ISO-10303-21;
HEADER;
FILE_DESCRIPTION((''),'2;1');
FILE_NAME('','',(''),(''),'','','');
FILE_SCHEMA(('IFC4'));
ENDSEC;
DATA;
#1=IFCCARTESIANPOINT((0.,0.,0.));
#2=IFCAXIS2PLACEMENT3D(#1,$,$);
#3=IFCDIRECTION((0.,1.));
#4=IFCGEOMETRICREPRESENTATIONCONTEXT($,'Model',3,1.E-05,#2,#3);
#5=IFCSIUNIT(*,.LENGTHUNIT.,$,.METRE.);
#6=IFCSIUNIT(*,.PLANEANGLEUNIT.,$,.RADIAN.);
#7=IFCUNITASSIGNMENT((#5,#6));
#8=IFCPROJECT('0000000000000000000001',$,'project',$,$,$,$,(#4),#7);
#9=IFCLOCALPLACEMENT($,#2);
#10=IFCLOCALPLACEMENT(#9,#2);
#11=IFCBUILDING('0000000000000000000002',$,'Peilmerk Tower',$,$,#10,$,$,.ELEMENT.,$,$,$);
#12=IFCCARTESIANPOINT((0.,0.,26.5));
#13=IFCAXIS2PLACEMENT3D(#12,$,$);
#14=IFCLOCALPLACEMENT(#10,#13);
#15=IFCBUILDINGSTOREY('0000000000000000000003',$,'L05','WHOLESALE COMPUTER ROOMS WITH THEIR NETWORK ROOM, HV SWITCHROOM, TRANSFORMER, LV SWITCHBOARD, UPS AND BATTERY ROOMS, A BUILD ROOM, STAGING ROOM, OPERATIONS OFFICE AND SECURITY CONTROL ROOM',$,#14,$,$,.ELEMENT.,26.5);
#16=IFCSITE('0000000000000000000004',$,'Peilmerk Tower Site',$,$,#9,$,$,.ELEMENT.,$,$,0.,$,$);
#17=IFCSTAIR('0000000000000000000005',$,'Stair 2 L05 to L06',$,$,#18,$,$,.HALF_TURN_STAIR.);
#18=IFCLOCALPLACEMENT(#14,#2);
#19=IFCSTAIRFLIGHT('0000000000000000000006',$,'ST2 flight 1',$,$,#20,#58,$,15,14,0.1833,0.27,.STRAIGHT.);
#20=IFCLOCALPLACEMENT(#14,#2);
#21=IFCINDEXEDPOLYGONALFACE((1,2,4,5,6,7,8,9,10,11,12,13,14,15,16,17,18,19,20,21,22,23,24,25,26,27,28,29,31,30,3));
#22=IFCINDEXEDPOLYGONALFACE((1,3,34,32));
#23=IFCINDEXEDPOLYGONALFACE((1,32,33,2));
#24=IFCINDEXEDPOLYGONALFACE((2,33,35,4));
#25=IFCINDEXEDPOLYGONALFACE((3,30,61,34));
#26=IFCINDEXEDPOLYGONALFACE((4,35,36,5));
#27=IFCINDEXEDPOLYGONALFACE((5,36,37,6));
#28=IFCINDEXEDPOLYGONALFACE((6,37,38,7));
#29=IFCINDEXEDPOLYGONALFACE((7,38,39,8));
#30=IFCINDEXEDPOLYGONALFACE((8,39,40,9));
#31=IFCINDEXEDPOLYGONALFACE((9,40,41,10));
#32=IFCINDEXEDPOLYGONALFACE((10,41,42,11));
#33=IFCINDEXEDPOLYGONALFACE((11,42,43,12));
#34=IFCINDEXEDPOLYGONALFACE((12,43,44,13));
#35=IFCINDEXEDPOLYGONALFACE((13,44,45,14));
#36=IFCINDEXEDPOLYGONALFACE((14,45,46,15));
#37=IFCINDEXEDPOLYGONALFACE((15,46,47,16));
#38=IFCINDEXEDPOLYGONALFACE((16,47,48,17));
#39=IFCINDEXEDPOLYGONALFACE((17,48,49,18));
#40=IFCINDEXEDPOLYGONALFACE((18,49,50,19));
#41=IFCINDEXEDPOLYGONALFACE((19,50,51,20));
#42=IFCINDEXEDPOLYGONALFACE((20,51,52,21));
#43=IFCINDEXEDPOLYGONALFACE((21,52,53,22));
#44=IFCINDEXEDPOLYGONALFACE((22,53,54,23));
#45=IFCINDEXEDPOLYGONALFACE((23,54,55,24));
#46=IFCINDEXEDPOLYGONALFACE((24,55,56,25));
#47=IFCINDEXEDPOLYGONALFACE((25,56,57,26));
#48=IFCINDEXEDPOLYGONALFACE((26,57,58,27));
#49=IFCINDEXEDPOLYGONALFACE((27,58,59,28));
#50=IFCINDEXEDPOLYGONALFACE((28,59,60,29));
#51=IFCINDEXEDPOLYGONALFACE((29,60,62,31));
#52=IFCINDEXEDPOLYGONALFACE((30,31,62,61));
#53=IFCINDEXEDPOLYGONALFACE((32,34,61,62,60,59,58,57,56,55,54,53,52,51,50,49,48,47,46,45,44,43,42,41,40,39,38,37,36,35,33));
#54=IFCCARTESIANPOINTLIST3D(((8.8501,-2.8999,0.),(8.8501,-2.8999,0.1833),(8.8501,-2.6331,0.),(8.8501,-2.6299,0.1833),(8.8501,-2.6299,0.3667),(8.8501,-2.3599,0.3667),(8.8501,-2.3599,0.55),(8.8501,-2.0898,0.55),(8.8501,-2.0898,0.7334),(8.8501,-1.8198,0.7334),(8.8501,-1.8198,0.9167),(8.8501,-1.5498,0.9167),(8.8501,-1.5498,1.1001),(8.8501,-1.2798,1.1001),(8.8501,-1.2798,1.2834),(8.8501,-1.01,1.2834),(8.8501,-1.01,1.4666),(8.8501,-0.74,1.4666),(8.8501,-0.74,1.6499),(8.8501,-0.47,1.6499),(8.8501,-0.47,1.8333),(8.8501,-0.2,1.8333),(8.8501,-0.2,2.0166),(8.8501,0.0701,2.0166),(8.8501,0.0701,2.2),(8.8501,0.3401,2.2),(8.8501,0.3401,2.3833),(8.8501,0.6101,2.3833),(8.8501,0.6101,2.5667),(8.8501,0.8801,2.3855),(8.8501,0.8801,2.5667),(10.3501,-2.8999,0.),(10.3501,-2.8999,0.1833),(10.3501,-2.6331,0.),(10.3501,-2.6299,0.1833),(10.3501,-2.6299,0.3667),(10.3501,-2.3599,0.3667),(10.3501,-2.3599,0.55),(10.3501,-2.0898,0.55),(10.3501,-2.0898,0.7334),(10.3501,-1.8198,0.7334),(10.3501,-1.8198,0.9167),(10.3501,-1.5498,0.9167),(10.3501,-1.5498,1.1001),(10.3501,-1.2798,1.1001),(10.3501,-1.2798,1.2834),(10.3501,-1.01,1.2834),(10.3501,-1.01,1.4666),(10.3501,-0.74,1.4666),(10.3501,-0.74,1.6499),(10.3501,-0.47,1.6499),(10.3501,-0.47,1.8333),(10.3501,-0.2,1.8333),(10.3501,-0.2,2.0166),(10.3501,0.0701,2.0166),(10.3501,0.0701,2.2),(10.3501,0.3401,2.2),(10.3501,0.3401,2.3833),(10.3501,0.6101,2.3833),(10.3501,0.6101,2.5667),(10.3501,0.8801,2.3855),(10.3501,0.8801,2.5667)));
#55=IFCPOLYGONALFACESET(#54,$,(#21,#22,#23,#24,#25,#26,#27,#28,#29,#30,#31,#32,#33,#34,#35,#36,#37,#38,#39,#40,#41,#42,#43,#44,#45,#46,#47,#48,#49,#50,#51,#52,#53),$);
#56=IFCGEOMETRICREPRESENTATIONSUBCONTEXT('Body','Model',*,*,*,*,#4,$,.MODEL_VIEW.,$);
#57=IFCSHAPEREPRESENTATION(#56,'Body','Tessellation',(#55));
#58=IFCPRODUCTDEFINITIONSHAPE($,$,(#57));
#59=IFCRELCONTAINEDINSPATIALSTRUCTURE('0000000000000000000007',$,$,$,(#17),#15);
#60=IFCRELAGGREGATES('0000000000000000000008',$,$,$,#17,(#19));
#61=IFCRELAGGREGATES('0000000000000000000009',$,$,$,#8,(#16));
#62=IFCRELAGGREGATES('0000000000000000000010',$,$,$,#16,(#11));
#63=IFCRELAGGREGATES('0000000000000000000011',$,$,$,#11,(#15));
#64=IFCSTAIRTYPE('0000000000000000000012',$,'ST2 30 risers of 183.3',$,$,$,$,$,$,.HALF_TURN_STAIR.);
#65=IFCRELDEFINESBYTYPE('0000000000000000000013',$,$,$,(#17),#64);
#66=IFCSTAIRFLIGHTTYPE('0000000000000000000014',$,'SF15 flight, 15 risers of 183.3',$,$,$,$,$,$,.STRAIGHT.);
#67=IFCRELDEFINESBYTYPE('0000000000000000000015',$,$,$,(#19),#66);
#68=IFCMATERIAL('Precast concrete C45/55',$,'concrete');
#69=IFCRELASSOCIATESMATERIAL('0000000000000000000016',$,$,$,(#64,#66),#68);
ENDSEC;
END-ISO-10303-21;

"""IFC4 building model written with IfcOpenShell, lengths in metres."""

from ifc_helpers import new_model, si_unit, direction, frame, origin, place, context, subcontext, project, spatial, polyline, outline, extrude, material, type_object, element, aggregate, save


model = new_model("IFC4")

# Units and contexts
model_context = context("Model", 3, precision=1e-05, world=origin(), true_north=direction((0.0, 1.0)))
body_context = subcontext(model_context, "Body", "Model", "MODEL_VIEW")
ifc_project = project(units=[si_unit("LENGTHUNIT", "METRE"), si_unit("PLANEANGLEUNIT", "RADIAN")], contexts=[model_context])

# Site, building, storey
site_placement = place(None, origin())
site = spatial("IfcSite", under=ifc_project, at=site_placement, Name="Peilmerk Tower Site", CompositionType="ELEMENT", RefElevation=0.0)
building_placement = place(site_placement, origin())
building = spatial("IfcBuilding", under=site, at=building_placement, Name="Peilmerk Tower", CompositionType="ELEMENT")
storey_placement = place(building_placement, frame((0.0, 0.0, 26.5)))
storey = spatial("IfcBuildingStorey", under=building, at=storey_placement, Name="L05", Description="WHOLESALE COMPUTER ROOMS WITH THEIR NETWORK ROOM, HV SWITCHROOM, TRANSFORMER, LV SWITCHBOARD, UPS AND BATTERY ROOMS, A BUILD ROOM, STAGING ROOM, OPERATIONS OFFICE AND SECURITY CONTROL ROOM", CompositionType="ELEMENT", Elevation=26.5)

# Stair, stair flight
ifc_material_1 = material(Name="Precast concrete C45/55", Category="concrete")
stair_type = type_object("IfcStairType", Name="ST2 30 risers of 183.3", PredefinedType="HALF_TURN_STAIR", material=ifc_material_1)
stair_placement = place(storey_placement, origin())
stair = element("IfcStair", 1, at=stair_placement, inside=storey, type_object=stair_type, Name="Stair 2 L05 to L06", PredefinedType="HALF_TURN_STAIR")
stair_flight_type = type_object("IfcStairFlightType", Name="SF15 flight, 15 risers of 183.3", PredefinedType="STRAIGHT", material=ifc_material_1)
stair_flight_placement = place(storey_placement, frame((9.6001, -2.8999, 0.0), z_axis=(0.0, 0.0, 1.0), x_axis=(0.0, 1.0, 0.0)))
stair_flight = element("IfcStairFlight", 2, at=stair_flight_placement, type_object=stair_flight_type, Name="ST2 flight 1", NumberOfRisers=15, NumberOfTreads=14, PredefinedType="STRAIGHT", RiserHeight=0.1833, TreadLength=0.27, context=body_context, shape_type="SweptSolid", body=[
    extrude(outline(polyline([(0.0, 0.0), (0.0, 0.1833), (0.27, 0.1833), (0.27, 0.3667), (0.54, 0.3667), (0.54, 0.55), (0.8101, 0.55), (0.8101, 0.7334), (1.0801, 0.7334), (1.0801, 0.9167), (1.3501, 0.9167), (1.3501, 1.1001), (1.6201, 1.1001), (1.6201, 1.2834), (1.8899, 1.2834), (1.8899, 1.4666), (2.1599, 1.4666), (2.1599, 1.6499), (2.4299, 1.6499), (2.4299, 1.8333), (2.7, 1.8333), (2.7, 2.0166), (2.97, 2.0166), (2.97, 2.2), (3.24, 2.2), (3.24, 2.3833), (3.51, 2.3833), (3.51, 2.5667), (3.78, 2.5667), (3.78, 2.75), (3.78, 2.3855), (0.2668, 0.0), (0.0, 0.0)])), frame((0.0, 0.75, 0.0), z_axis=(0.0, -1.0, 0.0), x_axis=(1.0, 0.0, 0.0)), (0.0, 0.0, 1.0), 1.5),
])
aggregate(stair, [stair_flight])

save(model, "model.ifc")
